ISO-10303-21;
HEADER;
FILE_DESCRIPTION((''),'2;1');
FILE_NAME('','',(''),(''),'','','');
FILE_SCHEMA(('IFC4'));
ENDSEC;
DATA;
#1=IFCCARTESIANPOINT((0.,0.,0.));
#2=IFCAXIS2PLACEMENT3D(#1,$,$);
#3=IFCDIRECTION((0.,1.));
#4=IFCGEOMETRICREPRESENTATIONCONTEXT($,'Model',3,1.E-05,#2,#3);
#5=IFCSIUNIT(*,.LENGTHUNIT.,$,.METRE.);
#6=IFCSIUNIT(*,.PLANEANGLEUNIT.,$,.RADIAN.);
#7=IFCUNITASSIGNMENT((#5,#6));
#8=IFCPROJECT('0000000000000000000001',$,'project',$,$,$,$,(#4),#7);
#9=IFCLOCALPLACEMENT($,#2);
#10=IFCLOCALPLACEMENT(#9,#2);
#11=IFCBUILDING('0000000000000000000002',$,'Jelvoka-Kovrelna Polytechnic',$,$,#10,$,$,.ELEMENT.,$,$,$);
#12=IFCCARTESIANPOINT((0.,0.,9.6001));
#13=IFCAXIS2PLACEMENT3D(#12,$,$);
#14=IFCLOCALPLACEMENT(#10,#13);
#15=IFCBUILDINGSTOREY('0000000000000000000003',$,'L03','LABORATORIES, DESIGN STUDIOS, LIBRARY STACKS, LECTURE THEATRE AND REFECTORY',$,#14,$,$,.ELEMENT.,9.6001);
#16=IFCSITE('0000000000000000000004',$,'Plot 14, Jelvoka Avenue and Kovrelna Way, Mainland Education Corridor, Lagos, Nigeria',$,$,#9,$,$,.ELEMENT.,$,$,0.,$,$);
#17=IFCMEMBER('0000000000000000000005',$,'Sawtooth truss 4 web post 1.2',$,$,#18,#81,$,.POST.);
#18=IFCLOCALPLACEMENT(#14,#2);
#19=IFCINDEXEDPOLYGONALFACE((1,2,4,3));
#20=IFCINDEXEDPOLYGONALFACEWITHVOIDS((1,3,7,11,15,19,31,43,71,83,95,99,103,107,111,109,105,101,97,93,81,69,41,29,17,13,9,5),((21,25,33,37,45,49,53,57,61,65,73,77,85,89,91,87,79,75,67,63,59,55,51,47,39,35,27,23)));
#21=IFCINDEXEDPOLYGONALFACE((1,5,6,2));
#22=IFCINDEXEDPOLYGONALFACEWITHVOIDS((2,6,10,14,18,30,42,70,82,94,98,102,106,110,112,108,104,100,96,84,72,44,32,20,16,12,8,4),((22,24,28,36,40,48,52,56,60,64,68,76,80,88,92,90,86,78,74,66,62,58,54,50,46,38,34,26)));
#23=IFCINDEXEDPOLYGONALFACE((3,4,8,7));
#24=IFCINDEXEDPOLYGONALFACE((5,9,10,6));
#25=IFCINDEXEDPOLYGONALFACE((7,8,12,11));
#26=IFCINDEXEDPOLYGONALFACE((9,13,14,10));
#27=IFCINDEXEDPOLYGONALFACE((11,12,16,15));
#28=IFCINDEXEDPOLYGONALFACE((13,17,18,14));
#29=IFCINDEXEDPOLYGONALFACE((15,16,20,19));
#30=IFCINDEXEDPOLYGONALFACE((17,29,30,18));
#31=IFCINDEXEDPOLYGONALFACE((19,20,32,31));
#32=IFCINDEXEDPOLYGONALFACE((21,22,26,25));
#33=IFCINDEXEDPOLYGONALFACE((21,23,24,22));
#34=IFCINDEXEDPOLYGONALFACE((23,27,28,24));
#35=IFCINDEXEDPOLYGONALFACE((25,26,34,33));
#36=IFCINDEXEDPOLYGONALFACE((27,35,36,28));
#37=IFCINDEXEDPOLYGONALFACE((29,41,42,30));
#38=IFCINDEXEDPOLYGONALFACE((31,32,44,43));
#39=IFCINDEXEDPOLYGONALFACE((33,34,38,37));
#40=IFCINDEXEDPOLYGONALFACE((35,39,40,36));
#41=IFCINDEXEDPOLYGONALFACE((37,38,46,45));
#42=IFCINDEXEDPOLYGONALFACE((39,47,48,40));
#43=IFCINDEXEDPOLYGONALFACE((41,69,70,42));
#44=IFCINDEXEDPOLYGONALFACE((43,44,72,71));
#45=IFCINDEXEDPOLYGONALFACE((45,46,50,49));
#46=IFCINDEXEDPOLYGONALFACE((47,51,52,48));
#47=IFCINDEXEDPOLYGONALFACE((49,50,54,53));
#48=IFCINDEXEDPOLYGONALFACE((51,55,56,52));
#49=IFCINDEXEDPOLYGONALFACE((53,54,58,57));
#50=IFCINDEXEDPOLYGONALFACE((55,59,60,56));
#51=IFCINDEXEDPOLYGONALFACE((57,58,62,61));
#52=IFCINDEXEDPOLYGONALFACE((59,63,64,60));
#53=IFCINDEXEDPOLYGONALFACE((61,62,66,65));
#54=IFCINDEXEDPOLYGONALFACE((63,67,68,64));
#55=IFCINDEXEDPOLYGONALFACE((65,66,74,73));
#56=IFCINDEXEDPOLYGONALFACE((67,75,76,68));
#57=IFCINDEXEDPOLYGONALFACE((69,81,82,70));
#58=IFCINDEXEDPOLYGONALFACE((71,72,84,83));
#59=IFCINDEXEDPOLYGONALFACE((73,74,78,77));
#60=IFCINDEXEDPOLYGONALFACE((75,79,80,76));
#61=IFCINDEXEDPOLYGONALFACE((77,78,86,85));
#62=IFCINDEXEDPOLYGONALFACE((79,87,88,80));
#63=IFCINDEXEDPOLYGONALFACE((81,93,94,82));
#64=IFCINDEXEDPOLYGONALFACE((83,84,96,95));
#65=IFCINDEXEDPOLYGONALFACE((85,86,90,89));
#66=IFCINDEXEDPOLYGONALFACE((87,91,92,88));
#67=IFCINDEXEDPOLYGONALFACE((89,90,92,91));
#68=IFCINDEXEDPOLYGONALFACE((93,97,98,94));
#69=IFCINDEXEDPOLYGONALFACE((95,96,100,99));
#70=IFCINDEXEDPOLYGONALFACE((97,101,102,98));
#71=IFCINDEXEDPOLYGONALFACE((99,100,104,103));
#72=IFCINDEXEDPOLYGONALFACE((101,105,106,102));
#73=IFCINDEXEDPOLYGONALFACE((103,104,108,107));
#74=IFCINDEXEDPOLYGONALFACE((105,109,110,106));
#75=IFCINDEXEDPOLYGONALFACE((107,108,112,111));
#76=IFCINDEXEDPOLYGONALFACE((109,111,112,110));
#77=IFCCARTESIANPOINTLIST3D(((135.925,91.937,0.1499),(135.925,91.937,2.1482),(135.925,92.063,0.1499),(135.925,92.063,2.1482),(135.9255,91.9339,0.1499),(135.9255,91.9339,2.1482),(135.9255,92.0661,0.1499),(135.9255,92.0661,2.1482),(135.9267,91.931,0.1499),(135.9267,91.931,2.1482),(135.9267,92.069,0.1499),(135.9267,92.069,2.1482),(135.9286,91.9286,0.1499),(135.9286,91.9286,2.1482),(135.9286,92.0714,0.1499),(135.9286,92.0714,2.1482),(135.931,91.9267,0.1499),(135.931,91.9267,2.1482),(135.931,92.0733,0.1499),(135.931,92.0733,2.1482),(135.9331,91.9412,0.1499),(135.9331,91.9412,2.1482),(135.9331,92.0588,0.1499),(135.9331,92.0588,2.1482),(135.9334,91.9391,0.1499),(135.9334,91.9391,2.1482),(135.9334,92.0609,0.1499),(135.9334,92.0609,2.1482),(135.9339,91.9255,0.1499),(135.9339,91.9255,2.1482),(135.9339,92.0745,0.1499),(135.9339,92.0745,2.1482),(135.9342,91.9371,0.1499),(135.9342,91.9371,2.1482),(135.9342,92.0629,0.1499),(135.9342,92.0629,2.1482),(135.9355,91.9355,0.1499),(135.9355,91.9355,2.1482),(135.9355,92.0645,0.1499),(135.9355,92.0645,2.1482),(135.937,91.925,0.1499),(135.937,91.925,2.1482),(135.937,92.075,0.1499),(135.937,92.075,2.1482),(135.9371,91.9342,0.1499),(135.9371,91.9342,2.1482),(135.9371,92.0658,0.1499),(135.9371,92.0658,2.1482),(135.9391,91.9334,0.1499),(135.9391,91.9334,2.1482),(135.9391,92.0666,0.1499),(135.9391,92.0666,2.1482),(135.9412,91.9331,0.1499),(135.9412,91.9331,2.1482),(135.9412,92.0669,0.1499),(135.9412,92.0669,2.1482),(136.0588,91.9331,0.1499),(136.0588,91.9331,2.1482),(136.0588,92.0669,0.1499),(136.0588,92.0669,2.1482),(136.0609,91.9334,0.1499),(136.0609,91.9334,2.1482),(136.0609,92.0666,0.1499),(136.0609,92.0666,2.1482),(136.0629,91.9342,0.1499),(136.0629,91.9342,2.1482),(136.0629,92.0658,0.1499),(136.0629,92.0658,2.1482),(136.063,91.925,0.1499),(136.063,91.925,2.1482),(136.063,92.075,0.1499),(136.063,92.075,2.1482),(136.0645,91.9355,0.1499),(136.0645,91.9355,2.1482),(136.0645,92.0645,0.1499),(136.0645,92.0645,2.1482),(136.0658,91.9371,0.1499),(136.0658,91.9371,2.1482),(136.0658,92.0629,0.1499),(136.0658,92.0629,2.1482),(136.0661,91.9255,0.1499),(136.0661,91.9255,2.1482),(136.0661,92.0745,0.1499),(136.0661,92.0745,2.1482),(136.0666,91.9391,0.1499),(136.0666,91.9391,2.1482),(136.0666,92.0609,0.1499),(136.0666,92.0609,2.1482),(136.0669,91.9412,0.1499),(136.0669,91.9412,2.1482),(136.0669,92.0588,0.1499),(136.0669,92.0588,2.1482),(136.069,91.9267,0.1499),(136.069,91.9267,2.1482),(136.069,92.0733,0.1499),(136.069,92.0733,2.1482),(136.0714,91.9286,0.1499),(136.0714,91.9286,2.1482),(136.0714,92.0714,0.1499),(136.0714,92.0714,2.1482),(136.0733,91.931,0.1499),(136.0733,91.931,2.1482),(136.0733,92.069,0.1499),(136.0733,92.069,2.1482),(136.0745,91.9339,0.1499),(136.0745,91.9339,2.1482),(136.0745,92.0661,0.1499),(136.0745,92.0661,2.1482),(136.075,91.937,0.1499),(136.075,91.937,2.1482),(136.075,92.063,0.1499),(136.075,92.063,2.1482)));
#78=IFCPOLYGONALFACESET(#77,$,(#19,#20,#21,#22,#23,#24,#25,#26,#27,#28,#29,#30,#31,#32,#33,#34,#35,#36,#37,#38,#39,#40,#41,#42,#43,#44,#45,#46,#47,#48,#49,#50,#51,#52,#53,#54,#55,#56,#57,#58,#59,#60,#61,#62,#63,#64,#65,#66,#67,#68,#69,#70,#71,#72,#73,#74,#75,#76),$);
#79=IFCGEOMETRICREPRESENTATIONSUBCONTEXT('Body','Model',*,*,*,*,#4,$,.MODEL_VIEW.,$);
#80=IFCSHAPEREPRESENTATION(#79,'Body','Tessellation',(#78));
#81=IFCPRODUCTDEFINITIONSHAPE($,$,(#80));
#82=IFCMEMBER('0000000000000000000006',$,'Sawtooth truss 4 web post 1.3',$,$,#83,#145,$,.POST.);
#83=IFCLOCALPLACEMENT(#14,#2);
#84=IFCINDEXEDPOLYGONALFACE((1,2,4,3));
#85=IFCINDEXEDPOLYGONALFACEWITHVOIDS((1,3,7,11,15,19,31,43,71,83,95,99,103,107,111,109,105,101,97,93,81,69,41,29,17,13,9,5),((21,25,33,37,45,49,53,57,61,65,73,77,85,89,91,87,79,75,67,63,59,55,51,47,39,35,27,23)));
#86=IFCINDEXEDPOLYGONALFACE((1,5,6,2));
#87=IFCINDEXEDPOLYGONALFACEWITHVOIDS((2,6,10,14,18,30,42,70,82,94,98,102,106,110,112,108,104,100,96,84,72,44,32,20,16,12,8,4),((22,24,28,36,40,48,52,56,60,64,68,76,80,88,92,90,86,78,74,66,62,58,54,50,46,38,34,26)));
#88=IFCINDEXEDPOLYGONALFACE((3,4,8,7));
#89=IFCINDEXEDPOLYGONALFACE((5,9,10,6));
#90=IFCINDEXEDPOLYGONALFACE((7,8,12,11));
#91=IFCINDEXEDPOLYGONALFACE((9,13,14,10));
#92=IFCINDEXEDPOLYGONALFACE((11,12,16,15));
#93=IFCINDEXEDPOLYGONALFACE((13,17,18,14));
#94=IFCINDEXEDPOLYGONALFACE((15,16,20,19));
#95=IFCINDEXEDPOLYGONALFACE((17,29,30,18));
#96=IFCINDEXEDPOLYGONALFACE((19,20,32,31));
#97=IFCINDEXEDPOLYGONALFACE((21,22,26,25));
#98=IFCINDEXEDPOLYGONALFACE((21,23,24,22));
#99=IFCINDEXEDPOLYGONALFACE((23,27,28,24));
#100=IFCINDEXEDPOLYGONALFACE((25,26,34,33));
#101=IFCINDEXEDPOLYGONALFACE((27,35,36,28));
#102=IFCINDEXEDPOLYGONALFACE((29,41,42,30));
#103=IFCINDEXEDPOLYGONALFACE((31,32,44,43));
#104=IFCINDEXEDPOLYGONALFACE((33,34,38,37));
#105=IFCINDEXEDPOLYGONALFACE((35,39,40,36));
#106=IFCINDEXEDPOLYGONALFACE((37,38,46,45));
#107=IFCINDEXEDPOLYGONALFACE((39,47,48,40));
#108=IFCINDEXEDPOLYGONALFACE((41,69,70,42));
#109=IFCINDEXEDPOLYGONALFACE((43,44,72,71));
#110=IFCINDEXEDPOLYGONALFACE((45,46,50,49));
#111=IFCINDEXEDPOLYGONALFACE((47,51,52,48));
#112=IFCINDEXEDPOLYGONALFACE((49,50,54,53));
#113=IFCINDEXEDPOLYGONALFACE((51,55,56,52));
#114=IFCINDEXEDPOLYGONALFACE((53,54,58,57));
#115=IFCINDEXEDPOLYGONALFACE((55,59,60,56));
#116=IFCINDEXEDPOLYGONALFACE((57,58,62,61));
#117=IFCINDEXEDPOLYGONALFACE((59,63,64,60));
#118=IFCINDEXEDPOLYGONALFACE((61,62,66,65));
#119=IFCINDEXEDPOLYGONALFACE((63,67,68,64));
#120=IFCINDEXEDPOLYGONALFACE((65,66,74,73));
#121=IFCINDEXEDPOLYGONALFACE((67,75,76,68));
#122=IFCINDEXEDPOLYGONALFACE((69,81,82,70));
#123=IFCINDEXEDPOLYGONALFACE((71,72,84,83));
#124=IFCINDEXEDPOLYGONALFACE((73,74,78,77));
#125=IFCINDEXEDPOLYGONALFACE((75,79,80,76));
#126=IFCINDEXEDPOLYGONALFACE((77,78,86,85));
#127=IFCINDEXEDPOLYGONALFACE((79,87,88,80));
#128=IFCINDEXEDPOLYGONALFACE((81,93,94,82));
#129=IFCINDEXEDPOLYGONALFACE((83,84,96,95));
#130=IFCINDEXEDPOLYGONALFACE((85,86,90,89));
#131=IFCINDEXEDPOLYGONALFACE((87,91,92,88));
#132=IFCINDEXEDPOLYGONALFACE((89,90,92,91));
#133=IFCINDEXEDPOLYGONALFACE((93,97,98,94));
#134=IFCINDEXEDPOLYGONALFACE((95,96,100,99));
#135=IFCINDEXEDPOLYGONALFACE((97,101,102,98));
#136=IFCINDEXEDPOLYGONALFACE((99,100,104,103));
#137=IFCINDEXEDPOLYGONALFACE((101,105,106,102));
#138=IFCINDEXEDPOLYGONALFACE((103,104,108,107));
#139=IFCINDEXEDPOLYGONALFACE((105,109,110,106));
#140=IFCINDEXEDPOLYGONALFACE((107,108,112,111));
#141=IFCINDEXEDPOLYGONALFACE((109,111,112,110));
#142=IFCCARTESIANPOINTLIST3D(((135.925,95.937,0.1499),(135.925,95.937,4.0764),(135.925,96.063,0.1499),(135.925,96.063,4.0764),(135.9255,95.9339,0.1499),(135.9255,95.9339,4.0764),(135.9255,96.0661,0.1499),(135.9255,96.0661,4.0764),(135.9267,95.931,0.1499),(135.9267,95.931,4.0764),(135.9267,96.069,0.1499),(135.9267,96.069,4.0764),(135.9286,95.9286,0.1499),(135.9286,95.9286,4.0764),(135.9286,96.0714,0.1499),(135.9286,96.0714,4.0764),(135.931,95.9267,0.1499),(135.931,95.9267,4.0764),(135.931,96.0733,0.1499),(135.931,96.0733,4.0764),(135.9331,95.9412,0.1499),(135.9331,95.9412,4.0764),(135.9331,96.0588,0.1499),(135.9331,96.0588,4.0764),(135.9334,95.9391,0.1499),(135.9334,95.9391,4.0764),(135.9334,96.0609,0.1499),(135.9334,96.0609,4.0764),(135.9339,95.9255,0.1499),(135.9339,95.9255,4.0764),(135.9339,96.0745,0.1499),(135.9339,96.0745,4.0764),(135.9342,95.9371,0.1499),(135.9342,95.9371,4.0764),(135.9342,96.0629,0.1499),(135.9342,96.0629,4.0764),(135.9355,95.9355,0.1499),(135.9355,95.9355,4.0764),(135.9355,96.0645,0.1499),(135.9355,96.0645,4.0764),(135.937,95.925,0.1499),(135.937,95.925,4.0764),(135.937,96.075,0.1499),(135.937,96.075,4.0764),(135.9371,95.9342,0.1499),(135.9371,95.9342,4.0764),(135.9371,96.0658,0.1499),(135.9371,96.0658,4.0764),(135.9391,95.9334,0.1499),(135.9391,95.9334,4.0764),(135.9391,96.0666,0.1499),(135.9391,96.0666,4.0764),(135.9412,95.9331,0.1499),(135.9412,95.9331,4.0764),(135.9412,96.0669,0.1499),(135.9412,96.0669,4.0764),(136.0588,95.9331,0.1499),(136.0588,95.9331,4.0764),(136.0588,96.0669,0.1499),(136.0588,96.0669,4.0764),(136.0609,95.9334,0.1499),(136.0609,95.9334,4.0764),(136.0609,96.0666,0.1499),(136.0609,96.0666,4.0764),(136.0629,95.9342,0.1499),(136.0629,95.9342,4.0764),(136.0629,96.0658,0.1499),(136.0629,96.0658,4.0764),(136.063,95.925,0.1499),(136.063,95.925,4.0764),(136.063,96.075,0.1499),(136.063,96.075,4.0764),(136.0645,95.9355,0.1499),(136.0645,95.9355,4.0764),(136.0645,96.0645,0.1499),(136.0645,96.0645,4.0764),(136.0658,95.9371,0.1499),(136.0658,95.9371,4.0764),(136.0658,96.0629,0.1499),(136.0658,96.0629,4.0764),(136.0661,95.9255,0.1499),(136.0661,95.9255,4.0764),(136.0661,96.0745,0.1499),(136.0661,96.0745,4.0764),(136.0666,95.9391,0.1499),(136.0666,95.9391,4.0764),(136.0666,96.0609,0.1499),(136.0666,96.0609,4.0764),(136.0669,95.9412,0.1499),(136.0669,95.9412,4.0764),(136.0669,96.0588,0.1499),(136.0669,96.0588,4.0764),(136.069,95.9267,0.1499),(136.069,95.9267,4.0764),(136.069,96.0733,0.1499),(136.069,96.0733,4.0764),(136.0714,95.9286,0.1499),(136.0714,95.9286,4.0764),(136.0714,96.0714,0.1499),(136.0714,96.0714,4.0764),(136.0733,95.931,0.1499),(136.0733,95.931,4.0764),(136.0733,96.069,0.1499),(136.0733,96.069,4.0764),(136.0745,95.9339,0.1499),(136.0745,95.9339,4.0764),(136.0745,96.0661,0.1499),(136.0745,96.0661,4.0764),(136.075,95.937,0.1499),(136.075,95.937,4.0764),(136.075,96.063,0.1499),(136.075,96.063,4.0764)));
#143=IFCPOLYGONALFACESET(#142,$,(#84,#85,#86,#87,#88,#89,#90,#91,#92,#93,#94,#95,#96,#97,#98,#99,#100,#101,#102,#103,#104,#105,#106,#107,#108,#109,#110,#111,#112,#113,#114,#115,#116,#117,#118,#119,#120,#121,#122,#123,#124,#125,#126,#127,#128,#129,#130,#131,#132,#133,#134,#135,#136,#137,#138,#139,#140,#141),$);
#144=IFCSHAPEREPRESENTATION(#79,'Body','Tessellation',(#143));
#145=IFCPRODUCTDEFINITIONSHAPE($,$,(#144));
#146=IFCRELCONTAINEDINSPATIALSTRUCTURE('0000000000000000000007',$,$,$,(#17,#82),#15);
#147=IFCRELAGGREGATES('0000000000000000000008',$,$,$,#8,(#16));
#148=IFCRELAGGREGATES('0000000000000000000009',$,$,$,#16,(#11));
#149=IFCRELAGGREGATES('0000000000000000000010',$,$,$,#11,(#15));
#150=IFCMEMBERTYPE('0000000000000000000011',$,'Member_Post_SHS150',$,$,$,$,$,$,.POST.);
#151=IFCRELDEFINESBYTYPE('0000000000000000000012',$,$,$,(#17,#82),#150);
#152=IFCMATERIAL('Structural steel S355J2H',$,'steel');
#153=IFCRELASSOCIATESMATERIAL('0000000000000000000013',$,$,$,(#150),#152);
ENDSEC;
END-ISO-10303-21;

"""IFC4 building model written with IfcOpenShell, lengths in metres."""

from ifc_helpers import new_model, si_unit, direction, frame, origin, origin_2d, place, context, subcontext, project, spatial, hollow_rectangle, extrude, material, material_profile, profile_set, type_object, element, save


model = new_model("IFC4")

# Units and contexts
model_context = context("Model", 3, precision=1e-05, world=origin(), true_north=direction((0.0, 1.0)))
body_context = subcontext(model_context, "Body", "Model", "MODEL_VIEW")
ifc_project = project(units=[si_unit("LENGTHUNIT", "METRE"), si_unit("PLANEANGLEUNIT", "RADIAN")], contexts=[model_context])

# Site, building, storey
site_placement = place(None, origin())
site = spatial("IfcSite", under=ifc_project, at=site_placement, Name="Plot 14, Jelvoka Avenue and Kovrelna Way, Mainland Education Corridor, Lagos, Nigeria", CompositionType="ELEMENT", RefElevation=0.0)
building_placement = place(site_placement, origin())
building = spatial("IfcBuilding", under=site, at=building_placement, Name="Jelvoka-Kovrelna Polytechnic", CompositionType="ELEMENT")
storey_placement = place(building_placement, frame((0.0, 0.0, 9.6001)))
storey = spatial("IfcBuildingStorey", under=building, at=storey_placement, Name="L03", Description="LABORATORIES, DESIGN STUDIOS, LIBRARY STACKS, LECTURE THEATRE AND REFECTORY", CompositionType="ELEMENT", Elevation=9.6001)

# Members
ifc_material_1 = material(Name="Structural steel S355J2H", Category="steel")
ifc_material_profile_1 = material_profile(ifc_material_1, hollow_rectangle(XDim=0.1499, YDim=0.1499, WallThickness=0.0081, InnerFilletRadius=0.0081, OuterFilletRadius=0.012, at=origin_2d()), Name="150x150x8.0 SHS")
ifc_profile_set_1 = profile_set([ifc_material_profile_1], Name="Structural steel S355J2H")
member_type_1 = type_object("IfcMemberType", Name="Member_Post_SHS150", PredefinedType="POST", material=ifc_profile_set_1)
member_1_placement = place(storey_placement, frame((136.0, 92.0, 0.1499), z_axis=(0.0, 0.0, 1.0), x_axis=(1.0, 0.0, 0.0)))
element("IfcMember", 1, at=member_1_placement, inside=storey, type_object=member_type_1, Name="Sawtooth truss 4 web post 1.2", PredefinedType="POST", context=body_context, shape_type="SweptSolid", body=[
    extrude(hollow_rectangle(XDim=0.1499, YDim=0.1499, WallThickness=0.0081, InnerFilletRadius=0.0081, OuterFilletRadius=0.012, at=origin_2d()), origin(), (0.0, 0.0, 1.0), 1.9983),
])
member_2_placement = place(storey_placement, frame((136.0, 96.0, 0.1499), z_axis=(0.0, 0.0, 1.0), x_axis=(1.0, 0.0, 0.0)))
element("IfcMember", 2, at=member_2_placement, inside=storey, type_object=member_type_1, Name="Sawtooth truss 4 web post 1.3", PredefinedType="POST", context=body_context, shape_type="SweptSolid", body=[
    extrude(hollow_rectangle(XDim=0.1499, YDim=0.1499, WallThickness=0.0081, InnerFilletRadius=0.0081, OuterFilletRadius=0.012, at=origin_2d()), origin(), (0.0, 0.0, 1.0), 3.9265),
])

save(model, "model.ifc")
